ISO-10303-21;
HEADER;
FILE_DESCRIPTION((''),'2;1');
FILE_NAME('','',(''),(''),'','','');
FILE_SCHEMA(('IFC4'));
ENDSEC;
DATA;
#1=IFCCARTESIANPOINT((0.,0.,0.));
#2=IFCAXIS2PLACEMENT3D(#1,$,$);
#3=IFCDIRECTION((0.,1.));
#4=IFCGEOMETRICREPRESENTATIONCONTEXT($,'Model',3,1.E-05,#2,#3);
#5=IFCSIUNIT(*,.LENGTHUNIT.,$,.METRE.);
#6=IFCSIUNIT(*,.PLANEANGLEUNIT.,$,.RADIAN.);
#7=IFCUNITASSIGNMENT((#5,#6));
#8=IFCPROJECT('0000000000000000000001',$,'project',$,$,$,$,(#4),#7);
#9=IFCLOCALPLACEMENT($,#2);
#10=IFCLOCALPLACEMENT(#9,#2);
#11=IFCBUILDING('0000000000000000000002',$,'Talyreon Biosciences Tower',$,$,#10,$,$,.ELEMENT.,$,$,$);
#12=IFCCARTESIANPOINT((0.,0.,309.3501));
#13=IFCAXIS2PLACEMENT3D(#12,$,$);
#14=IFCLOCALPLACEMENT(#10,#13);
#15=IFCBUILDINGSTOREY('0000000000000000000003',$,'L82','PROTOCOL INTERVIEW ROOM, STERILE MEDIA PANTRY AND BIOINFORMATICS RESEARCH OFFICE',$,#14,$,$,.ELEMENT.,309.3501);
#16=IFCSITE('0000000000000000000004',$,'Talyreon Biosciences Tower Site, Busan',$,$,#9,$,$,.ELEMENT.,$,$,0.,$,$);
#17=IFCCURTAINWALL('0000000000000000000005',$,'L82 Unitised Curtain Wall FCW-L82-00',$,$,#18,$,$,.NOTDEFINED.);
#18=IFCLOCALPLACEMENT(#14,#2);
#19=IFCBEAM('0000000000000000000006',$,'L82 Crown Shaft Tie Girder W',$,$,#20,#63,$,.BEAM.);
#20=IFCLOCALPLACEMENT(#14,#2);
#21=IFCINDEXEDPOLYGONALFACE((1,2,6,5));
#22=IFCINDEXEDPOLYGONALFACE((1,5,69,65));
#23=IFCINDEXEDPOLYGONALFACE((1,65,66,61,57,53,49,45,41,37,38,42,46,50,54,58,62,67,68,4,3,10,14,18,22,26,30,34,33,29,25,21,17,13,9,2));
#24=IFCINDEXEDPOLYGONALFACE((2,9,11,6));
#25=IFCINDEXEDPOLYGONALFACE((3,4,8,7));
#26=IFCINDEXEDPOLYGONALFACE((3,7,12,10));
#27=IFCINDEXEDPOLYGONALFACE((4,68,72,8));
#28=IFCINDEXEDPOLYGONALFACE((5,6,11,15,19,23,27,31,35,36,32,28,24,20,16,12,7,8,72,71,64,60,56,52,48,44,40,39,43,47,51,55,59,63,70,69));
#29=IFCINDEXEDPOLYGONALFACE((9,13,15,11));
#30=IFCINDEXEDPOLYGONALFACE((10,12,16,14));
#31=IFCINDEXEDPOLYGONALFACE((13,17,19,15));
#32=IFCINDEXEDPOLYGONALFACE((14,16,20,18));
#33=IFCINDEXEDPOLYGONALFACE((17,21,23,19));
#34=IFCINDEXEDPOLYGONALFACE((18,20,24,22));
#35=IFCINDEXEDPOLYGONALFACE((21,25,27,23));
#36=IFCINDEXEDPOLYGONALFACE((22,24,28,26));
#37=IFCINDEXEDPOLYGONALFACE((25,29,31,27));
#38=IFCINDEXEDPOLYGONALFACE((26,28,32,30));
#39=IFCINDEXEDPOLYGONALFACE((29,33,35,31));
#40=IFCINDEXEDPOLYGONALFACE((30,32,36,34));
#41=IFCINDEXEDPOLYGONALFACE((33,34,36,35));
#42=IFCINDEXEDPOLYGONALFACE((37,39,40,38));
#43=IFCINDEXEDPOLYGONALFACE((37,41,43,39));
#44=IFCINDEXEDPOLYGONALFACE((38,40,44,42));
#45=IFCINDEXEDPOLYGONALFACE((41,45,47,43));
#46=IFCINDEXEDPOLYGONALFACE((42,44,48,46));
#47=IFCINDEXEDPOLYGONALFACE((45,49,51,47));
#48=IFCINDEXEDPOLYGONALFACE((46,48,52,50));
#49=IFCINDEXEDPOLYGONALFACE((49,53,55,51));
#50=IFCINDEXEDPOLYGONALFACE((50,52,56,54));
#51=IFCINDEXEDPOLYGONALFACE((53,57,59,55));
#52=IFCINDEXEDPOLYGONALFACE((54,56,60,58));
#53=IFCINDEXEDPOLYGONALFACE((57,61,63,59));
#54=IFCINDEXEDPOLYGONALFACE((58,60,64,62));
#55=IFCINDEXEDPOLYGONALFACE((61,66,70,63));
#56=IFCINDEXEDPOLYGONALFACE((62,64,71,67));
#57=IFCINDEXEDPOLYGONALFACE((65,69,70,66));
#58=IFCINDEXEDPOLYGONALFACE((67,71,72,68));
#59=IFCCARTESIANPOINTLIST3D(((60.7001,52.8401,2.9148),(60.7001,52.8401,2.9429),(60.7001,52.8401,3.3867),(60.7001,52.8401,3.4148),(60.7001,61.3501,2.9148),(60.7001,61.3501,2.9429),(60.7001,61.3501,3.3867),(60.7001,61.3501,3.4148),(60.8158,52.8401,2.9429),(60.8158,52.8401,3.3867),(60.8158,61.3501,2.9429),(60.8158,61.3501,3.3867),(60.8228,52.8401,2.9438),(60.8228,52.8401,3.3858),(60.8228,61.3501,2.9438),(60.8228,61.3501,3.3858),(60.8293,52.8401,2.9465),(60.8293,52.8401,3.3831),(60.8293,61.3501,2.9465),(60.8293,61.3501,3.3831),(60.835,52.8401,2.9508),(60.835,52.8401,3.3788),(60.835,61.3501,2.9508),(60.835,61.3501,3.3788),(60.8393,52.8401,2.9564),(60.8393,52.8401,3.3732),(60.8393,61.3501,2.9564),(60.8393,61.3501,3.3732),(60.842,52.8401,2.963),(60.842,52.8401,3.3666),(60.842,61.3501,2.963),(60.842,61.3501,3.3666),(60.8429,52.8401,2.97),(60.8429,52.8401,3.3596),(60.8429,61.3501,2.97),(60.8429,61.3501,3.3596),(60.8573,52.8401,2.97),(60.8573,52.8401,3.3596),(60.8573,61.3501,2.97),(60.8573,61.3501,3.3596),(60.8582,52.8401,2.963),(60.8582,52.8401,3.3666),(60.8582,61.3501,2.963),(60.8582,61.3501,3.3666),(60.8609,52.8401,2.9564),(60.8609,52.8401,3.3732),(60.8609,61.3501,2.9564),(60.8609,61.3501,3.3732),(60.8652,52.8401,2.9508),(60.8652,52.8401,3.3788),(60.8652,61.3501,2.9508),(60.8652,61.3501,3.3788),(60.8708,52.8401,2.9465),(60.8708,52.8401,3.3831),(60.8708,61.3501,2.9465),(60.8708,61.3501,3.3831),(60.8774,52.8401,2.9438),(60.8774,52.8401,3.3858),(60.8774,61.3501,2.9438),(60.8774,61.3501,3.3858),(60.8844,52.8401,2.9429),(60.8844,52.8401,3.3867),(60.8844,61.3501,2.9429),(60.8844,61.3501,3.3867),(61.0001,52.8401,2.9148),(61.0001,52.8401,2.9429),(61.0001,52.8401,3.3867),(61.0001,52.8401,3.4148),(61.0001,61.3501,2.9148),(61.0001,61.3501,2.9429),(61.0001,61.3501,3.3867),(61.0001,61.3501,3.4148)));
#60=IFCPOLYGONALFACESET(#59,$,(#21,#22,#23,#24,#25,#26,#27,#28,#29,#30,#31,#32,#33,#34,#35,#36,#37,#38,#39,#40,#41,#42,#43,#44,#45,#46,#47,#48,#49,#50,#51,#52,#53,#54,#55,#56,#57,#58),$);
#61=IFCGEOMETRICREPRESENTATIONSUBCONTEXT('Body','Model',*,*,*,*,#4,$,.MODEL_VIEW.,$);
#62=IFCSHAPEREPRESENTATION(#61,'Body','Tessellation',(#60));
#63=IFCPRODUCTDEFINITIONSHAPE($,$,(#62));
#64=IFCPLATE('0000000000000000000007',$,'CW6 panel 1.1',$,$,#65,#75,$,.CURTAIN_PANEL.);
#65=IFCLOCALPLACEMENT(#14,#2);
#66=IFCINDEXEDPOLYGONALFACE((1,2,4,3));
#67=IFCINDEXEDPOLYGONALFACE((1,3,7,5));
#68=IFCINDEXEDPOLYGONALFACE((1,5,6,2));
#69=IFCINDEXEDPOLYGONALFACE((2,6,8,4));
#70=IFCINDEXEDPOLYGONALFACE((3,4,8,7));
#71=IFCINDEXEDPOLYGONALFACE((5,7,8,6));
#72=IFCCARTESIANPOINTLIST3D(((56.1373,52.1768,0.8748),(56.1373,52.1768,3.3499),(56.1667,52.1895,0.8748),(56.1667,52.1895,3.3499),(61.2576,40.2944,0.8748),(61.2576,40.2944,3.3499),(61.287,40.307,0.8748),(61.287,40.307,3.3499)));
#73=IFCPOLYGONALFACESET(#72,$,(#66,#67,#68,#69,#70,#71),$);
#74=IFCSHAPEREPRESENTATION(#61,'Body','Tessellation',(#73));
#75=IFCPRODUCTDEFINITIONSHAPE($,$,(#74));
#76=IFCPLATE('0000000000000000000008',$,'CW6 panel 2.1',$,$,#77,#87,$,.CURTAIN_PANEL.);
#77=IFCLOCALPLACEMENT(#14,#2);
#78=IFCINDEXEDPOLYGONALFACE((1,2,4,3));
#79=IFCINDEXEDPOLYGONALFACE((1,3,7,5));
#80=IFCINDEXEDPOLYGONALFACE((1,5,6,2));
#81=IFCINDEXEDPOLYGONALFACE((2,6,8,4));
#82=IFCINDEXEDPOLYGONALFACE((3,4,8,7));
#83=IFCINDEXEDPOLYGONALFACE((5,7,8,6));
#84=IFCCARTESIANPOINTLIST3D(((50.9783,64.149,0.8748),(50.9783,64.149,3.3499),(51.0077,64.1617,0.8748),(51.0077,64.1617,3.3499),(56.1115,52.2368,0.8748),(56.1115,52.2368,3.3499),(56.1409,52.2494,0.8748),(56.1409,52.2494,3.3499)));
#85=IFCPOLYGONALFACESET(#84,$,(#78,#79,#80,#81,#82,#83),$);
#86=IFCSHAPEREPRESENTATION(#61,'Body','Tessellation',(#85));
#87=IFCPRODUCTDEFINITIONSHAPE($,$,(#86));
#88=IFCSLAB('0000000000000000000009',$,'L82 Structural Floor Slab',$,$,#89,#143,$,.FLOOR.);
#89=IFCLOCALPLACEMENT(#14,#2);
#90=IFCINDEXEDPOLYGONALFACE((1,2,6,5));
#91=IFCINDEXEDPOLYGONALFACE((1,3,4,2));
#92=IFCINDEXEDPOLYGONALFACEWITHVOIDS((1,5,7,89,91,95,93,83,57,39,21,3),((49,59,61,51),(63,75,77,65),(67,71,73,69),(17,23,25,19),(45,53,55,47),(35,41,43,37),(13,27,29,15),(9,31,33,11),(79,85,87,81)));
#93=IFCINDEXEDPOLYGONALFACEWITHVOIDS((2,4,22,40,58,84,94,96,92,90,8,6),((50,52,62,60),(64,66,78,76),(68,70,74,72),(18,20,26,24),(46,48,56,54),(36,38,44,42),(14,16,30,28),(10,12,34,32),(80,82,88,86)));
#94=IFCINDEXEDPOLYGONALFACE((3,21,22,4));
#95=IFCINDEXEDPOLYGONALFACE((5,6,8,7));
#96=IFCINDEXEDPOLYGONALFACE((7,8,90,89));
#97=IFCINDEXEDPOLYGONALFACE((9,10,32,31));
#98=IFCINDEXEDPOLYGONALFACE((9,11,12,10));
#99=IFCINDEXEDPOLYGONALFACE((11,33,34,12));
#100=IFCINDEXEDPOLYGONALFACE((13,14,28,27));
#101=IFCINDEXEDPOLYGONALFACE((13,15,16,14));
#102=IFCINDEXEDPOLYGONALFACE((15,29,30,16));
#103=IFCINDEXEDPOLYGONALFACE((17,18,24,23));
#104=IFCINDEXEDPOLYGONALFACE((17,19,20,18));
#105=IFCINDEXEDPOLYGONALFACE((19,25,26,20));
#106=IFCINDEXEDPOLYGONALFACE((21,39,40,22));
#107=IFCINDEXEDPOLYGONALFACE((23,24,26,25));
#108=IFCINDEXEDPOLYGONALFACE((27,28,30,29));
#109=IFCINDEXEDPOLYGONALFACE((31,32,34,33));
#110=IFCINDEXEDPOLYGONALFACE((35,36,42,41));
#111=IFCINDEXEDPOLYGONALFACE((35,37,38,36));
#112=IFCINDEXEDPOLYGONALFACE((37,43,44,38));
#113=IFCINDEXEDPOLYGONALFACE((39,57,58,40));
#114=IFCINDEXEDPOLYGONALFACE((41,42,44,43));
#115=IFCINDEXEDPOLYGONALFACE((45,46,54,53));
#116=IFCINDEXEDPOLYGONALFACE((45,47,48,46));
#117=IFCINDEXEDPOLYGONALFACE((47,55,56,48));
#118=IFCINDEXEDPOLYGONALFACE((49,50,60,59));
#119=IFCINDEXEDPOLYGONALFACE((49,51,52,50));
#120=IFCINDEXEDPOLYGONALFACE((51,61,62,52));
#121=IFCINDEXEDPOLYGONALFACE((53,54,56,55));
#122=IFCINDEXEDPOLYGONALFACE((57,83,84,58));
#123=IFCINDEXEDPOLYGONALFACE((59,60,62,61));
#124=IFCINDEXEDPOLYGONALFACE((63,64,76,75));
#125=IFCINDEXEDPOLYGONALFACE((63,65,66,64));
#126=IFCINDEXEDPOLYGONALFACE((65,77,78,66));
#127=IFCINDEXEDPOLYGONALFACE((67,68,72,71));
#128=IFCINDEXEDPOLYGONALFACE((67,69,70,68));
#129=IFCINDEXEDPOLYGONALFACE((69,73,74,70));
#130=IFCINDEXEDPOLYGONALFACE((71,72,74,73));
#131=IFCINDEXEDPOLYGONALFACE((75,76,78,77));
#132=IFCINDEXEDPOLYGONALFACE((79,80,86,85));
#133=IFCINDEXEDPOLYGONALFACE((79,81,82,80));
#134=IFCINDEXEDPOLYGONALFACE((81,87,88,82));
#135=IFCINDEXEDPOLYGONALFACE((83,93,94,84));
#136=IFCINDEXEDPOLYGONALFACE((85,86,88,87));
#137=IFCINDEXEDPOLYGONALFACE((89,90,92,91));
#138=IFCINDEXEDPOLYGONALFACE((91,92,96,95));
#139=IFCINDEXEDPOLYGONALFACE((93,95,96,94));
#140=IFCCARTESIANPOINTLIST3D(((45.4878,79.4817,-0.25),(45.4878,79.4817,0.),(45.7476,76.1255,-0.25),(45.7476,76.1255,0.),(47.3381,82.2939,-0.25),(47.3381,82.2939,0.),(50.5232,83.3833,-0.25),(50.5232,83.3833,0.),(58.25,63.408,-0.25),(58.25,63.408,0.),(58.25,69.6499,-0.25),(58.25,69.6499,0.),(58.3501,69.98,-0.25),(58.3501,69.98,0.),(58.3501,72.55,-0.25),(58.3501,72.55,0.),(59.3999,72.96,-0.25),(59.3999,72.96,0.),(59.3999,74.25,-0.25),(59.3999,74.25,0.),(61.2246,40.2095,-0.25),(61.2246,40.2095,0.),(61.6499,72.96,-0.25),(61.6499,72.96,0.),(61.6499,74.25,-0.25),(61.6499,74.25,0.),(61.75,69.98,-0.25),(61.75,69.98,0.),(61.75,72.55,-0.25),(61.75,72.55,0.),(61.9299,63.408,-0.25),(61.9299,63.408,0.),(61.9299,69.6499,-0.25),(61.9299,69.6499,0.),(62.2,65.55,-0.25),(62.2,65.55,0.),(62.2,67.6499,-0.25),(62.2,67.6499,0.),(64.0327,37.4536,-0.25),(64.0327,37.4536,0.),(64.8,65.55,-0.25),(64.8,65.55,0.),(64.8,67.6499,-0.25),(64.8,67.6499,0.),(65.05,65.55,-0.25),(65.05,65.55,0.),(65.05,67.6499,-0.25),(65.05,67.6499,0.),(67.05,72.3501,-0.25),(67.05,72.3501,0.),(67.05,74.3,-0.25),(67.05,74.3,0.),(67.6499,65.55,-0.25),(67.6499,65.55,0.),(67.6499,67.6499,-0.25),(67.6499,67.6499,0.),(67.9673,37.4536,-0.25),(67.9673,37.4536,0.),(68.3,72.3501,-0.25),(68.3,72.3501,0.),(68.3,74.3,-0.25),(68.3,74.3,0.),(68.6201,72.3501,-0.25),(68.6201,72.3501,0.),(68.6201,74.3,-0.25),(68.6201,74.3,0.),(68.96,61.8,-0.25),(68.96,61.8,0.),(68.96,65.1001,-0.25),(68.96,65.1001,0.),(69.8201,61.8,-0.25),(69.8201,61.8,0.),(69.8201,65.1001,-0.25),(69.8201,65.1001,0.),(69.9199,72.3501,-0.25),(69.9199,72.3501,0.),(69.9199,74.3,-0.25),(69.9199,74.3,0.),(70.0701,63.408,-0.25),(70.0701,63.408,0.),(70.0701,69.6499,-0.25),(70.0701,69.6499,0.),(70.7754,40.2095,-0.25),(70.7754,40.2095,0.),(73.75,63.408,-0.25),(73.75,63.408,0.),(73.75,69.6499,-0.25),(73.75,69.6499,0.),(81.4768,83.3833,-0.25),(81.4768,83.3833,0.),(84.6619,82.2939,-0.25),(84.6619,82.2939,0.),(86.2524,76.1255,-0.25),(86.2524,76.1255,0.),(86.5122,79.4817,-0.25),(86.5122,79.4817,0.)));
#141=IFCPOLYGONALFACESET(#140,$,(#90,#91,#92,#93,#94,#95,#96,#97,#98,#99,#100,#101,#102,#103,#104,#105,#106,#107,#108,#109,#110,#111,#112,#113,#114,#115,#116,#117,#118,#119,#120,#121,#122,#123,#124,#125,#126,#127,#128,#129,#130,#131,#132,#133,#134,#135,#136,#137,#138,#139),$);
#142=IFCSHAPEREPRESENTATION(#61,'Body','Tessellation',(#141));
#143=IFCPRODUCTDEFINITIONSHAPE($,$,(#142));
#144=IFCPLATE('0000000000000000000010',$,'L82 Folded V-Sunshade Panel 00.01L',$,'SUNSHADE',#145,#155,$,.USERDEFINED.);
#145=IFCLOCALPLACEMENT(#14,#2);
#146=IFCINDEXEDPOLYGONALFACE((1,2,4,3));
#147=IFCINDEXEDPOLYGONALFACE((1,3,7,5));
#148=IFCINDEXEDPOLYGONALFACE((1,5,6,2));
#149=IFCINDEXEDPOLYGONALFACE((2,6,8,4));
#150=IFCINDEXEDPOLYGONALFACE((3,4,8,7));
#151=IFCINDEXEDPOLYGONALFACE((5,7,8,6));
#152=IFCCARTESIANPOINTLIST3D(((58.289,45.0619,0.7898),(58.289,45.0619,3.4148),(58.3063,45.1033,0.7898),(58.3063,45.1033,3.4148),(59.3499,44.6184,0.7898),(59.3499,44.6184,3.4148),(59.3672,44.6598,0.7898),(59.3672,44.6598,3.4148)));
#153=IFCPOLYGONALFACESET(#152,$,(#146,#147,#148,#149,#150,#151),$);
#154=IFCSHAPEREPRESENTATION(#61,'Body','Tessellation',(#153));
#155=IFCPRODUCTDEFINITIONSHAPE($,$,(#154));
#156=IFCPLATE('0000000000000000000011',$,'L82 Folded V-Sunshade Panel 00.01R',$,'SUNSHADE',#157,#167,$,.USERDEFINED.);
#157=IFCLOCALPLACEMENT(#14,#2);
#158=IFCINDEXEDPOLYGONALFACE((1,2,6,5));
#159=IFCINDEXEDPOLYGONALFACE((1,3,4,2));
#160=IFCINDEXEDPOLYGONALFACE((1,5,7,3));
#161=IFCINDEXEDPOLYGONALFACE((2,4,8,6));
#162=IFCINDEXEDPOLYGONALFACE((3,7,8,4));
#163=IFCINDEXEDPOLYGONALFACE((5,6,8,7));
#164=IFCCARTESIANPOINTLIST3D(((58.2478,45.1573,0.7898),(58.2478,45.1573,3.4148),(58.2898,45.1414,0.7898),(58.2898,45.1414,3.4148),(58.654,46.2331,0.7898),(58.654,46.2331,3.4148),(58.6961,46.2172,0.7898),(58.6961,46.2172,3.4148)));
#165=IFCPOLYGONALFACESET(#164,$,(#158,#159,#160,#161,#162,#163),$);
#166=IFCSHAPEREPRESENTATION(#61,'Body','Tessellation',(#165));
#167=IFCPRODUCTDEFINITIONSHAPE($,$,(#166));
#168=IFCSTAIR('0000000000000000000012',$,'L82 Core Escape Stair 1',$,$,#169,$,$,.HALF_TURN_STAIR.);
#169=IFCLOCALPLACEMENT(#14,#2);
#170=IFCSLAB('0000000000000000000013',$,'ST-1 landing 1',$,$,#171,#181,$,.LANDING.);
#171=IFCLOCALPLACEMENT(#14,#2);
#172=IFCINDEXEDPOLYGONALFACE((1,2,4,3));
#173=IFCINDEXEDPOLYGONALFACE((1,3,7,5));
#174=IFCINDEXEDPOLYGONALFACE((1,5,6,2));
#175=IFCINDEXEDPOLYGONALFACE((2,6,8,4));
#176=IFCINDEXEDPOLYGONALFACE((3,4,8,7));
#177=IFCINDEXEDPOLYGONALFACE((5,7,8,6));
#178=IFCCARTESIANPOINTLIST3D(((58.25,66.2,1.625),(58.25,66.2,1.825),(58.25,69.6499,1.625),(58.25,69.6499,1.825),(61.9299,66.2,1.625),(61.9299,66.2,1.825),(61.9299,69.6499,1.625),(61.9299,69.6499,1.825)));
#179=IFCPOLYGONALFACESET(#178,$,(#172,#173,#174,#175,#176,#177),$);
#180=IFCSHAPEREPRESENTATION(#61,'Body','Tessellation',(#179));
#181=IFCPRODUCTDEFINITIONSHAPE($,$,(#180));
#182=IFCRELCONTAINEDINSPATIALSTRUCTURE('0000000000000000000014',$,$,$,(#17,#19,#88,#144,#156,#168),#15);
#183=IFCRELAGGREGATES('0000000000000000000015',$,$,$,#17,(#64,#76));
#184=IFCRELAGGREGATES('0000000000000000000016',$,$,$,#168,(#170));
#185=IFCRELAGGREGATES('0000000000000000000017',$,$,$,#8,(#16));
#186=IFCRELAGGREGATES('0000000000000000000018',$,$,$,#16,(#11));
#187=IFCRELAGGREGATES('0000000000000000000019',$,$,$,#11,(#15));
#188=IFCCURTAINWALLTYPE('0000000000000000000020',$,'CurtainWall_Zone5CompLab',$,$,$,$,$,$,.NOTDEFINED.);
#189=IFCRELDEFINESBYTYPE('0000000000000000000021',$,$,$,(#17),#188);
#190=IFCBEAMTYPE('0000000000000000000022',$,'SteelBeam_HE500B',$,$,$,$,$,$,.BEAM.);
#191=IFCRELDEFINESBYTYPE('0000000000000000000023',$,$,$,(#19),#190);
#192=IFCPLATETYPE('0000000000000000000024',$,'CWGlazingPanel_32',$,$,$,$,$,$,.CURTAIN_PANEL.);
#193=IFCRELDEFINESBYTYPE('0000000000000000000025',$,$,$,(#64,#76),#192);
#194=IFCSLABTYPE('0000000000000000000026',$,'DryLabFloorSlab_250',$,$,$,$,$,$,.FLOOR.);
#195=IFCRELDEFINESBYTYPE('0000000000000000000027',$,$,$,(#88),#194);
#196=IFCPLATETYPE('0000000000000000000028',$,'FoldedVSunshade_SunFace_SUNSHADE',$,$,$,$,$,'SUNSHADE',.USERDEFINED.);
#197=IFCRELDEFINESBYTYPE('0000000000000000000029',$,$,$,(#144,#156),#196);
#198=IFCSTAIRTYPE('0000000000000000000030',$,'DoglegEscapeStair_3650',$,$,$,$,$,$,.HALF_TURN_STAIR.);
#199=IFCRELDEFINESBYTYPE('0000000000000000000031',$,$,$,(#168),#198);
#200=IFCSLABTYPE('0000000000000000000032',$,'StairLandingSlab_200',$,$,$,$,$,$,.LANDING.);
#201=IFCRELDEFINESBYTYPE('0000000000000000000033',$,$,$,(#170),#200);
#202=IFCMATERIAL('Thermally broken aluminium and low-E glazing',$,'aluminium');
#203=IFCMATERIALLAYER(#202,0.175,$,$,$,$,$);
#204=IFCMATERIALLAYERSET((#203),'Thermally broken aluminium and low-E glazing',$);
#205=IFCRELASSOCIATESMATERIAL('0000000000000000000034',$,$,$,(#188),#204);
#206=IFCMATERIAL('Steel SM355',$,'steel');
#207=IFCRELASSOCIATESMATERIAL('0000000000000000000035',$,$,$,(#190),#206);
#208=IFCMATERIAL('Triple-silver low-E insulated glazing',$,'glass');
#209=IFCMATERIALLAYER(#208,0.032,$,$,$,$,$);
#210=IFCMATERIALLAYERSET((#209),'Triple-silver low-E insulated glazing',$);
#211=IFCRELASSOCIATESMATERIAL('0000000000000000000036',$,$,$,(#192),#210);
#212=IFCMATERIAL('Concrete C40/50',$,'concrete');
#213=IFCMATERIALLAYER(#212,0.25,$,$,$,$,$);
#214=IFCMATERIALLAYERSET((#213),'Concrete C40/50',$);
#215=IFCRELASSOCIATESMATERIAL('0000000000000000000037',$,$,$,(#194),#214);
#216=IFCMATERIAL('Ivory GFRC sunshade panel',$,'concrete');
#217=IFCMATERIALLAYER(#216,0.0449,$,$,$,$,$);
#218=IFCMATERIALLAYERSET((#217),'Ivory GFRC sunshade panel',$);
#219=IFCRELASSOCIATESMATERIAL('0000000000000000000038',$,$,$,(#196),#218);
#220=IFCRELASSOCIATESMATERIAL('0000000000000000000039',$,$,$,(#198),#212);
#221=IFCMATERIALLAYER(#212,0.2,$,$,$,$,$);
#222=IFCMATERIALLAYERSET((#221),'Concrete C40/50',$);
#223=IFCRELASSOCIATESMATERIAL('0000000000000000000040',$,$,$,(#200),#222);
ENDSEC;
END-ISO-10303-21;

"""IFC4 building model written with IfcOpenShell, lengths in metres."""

from ifc_helpers import new_model, si_unit, direction, frame, origin, origin_2d, place, context, subcontext, project, spatial, polyline, rectangle, i_section, outline, extrude, material, layer, layer_set, material_profile, profile_set, type_object, element, aggregate, save


model = new_model("IFC4")

# Units and contexts
model_context = context("Model", 3, precision=1e-05, world=origin(), true_north=direction((0.0, 1.0)))
body_context = subcontext(model_context, "Body", "Model", "MODEL_VIEW")
ifc_project = project(units=[si_unit("LENGTHUNIT", "METRE"), si_unit("PLANEANGLEUNIT", "RADIAN")], contexts=[model_context])

# Site, building, storey
site_placement = place(None, origin())
site = spatial("IfcSite", under=ifc_project, at=site_placement, Name="Talyreon Biosciences Tower Site, Busan", CompositionType="ELEMENT", RefElevation=0.0)
building_placement = place(site_placement, origin())
building = spatial("IfcBuilding", under=site, at=building_placement, Name="Talyreon Biosciences Tower", CompositionType="ELEMENT")
storey_placement = place(building_placement, frame((0.0, 0.0, 309.3501)))
storey = spatial("IfcBuildingStorey", under=building, at=storey_placement, Name="L82", Description="PROTOCOL INTERVIEW ROOM, STERILE MEDIA PANTRY AND BIOINFORMATICS RESEARCH OFFICE", CompositionType="ELEMENT", Elevation=309.3501)

# Curtain wall
ifc_material_1 = material(Name="Thermally broken aluminium and low-E glazing", Category="aluminium")
ifc_layer_1 = layer(ifc_material_1, 0.175)
ifc_layer_set_1 = layer_set([ifc_layer_1], Name="Thermally broken aluminium and low-E glazing")
curtain_wall_type = type_object("IfcCurtainWallType", Name="CurtainWall_Zone5CompLab", PredefinedType="NOTDEFINED", material=ifc_layer_set_1)
curtain_wall_placement = place(storey_placement, origin())
curtain_wall = element("IfcCurtainWall", 1, at=curtain_wall_placement, inside=storey, type_object=curtain_wall_type, Name="L82 Unitised Curtain Wall FCW-L82-00", PredefinedType="NOTDEFINED")

# Beam
ifc_material_2 = material(Name="Steel SM355", Category="steel")
ifc_material_profile_1 = material_profile(ifc_material_2, i_section(OverallWidth=0.3, OverallDepth=0.5, WebThickness=0.0144, FlangeThickness=0.0281, FilletRadius=0.0271, at=origin_2d()), Name="HE500B")
ifc_profile_set_1 = profile_set([ifc_material_profile_1], Name="Steel SM355")
beam_type_1 = type_object("IfcBeamType", Name="SteelBeam_HE500B", PredefinedType="BEAM", material=ifc_profile_set_1)
beam_1_placement = place(storey_placement, frame((60.8501, 52.8401, 3.1648), z_axis=(0.0, 1.0, 0.0), x_axis=(-1.0, 0.0, 0.0)))
element("IfcBeam", 2, at=beam_1_placement, inside=storey, type_object=beam_type_1, Name="L82 Crown Shaft Tie Girder W", PredefinedType="BEAM", context=body_context, shape_type="SweptSolid", body=[
    extrude(i_section(OverallWidth=0.3, OverallDepth=0.5, WebThickness=0.0144, FlangeThickness=0.0281, FilletRadius=0.0271, at=origin_2d()), origin(), (0.0, 0.0, 1.0), 8.51),
])

# Plates
ifc_material_3 = material(Name="Triple-silver low-E insulated glazing", Category="glass")
ifc_layer_2 = layer(ifc_material_3, 0.032)
ifc_layer_set_2 = layer_set([ifc_layer_2], Name="Triple-silver low-E insulated glazing")
plate_type_1 = type_object("IfcPlateType", Name="CWGlazingPanel_32", PredefinedType="CURTAIN_PANEL", material=ifc_layer_set_2)
plate_1_placement = place(storey_placement, frame((58.7122, 46.2419, 0.8748), z_axis=(0.0, 0.0, 1.0), x_axis=(-0.395738, 0.918363, 0.0)))
plate_1 = element("IfcPlate", 3, at=plate_1_placement, type_object=plate_type_1, Name="CW6 panel 1.1", PredefinedType="CURTAIN_PANEL", context=body_context, shape_type="SweptSolid", body=[
    extrude(rectangle(XDim=12.9387, YDim=0.032, at=origin_2d()), origin(), (0.0, 0.0, 1.0), 2.4751),
])
plate_2_placement = place(storey_placement, frame((53.5596, 58.1992, 0.8748), z_axis=(0.0, 0.0, 1.0), x_axis=(-0.395738, 0.918363, 0.0)))
plate_2 = element("IfcPlate", 4, at=plate_2_placement, type_object=plate_type_1, Name="CW6 panel 2.1", PredefinedType="CURTAIN_PANEL", context=body_context, shape_type="SweptSolid", body=[
    extrude(rectangle(XDim=12.9712, YDim=0.032, at=origin_2d()), origin(), (0.0, 0.0, 1.0), 2.4751),
])
aggregate(curtain_wall, [plate_1, plate_2])

# Slab
ifc_material_4 = material(Name="Concrete C40/50", Category="concrete")
ifc_layer_3 = layer(ifc_material_4, 0.25)
ifc_layer_set_3 = layer_set([ifc_layer_3], Name="Concrete C40/50")
slab_type_1 = type_object("IfcSlabType", Name="DryLabFloorSlab_250", PredefinedType="FLOOR", material=ifc_layer_set_3)
slab_1_placement = place(storey_placement, frame((0.0, 0.0, -0.25)))
element("IfcSlab", 5, at=slab_1_placement, inside=storey, type_object=slab_type_1, Name="L82 Structural Floor Slab", PredefinedType="FLOOR", context=body_context, shape_type="SweptSolid", body=[
    extrude(outline(polyline([(61.2246, 40.2095), (45.7476, 76.1255), (45.4878, 79.4817), (47.3381, 82.2939), (50.5232, 83.3833), (81.4768, 83.3833), (84.6619, 82.2939), (86.5122, 79.4817), (86.2524, 76.1255), (70.7754, 40.2095), (67.9673, 37.4536), (64.0327, 37.4536), (61.2246, 40.2095)]), holes=[polyline([(69.8201, 65.1001), (69.8201, 61.8), (68.96, 61.8), (68.96, 65.1001), (69.8201, 65.1001)]), polyline([(61.9299, 69.6499), (61.9299, 63.408), (58.25, 63.408), (58.25, 69.6499), (61.9299, 69.6499)]), polyline([(73.75, 69.6499), (73.75, 63.408), (70.0701, 63.408), (70.0701, 69.6499), (73.75, 69.6499)]), polyline([(64.8, 67.6499), (64.8, 65.55), (62.2, 65.55), (62.2, 67.6499), (64.8, 67.6499)]), polyline([(67.6499, 67.6499), (67.6499, 65.55), (65.05, 65.55), (65.05, 67.6499), (67.6499, 67.6499)]), polyline([(61.75, 72.55), (61.75, 69.98), (58.3501, 69.98), (58.3501, 72.55), (61.75, 72.55)]), polyline([(68.3, 74.3), (68.3, 72.3501), (67.05, 72.3501), (67.05, 74.3), (68.3, 74.3)]), polyline([(69.9199, 72.3501), (68.6201, 72.3501), (68.6201, 74.3), (69.9199, 74.3), (69.9199, 72.3501)]), polyline([(61.6499, 72.96), (59.3999, 72.96), (59.3999, 74.25), (61.6499, 74.25), (61.6499, 72.96)])]), origin(), (0.0, 0.0, 1.0), 0.25),
])

# Plates
ifc_material_5 = material(Name="Ivory GFRC sunshade panel", Category="concrete")
ifc_layer_4 = layer(ifc_material_5, 0.0449)
ifc_layer_set_4 = layer_set([ifc_layer_4], Name="Ivory GFRC sunshade panel")
plate_type_2 = type_object("IfcPlateType", Name="FoldedVSunshade_SunFace_SUNSHADE", ElementType="SUNSHADE", PredefinedType="USERDEFINED", material=ifc_layer_set_4)
for number, where, z_axis, x_axis, name in (
    (6, (58.8281, 44.8608, 0.7898), (0.0, 0.0, 1.0), (-0.922619, 0.385713, 0.0), "L82 Folded V-Sunshade Panel 00.01L"),
    (7, (58.4719, 45.6873, 0.7898), (0.0, 0.0, 1.0), (0.353279, 0.935518, 0.0), "L82 Folded V-Sunshade Panel 00.01R"),
):
    element("IfcPlate", number, at=place(storey_placement, frame(where, z_axis=z_axis, x_axis=x_axis)), inside=storey, type_object=plate_type_2, Name=name, ObjectType="SUNSHADE", PredefinedType="USERDEFINED", context=body_context, shape_type="SweptSolid", body=[
        extrude(rectangle(XDim=1.1499, YDim=0.0449, at=origin_2d()), origin(), (0.0, 0.0, 1.0), 2.625),
    ])

# Stair, slab
stair_type = type_object("IfcStairType", Name="DoglegEscapeStair_3650", PredefinedType="HALF_TURN_STAIR", material=ifc_material_4)
stair_1_placement = place(storey_placement, origin())
stair_1 = element("IfcStair", 8, at=stair_1_placement, inside=storey, type_object=stair_type, Name="L82 Core Escape Stair 1", PredefinedType="HALF_TURN_STAIR")
ifc_layer_5 = layer(ifc_material_4, 0.2)
ifc_layer_set_5 = layer_set([ifc_layer_5], Name="Concrete C40/50")
slab_type_2 = type_object("IfcSlabType", Name="StairLandingSlab_200", PredefinedType="LANDING", material=ifc_layer_set_5)
slab_2_placement = place(storey_placement, frame((0.0, 0.0, 1.625)))
slab_2 = element("IfcSlab", 9, at=slab_2_placement, type_object=slab_type_2, Name="ST-1 landing 1", PredefinedType="LANDING", context=body_context, shape_type="SweptSolid", body=[
    extrude(outline(polyline([(61.9299, 66.2), (61.9299, 69.6499), (58.25, 69.6499), (58.25, 66.2), (61.9299, 66.2)])), origin(), (0.0, 0.0, 1.0), 0.2),
])
aggregate(stair_1, [slab_2])

save(model, "model.ifc")
